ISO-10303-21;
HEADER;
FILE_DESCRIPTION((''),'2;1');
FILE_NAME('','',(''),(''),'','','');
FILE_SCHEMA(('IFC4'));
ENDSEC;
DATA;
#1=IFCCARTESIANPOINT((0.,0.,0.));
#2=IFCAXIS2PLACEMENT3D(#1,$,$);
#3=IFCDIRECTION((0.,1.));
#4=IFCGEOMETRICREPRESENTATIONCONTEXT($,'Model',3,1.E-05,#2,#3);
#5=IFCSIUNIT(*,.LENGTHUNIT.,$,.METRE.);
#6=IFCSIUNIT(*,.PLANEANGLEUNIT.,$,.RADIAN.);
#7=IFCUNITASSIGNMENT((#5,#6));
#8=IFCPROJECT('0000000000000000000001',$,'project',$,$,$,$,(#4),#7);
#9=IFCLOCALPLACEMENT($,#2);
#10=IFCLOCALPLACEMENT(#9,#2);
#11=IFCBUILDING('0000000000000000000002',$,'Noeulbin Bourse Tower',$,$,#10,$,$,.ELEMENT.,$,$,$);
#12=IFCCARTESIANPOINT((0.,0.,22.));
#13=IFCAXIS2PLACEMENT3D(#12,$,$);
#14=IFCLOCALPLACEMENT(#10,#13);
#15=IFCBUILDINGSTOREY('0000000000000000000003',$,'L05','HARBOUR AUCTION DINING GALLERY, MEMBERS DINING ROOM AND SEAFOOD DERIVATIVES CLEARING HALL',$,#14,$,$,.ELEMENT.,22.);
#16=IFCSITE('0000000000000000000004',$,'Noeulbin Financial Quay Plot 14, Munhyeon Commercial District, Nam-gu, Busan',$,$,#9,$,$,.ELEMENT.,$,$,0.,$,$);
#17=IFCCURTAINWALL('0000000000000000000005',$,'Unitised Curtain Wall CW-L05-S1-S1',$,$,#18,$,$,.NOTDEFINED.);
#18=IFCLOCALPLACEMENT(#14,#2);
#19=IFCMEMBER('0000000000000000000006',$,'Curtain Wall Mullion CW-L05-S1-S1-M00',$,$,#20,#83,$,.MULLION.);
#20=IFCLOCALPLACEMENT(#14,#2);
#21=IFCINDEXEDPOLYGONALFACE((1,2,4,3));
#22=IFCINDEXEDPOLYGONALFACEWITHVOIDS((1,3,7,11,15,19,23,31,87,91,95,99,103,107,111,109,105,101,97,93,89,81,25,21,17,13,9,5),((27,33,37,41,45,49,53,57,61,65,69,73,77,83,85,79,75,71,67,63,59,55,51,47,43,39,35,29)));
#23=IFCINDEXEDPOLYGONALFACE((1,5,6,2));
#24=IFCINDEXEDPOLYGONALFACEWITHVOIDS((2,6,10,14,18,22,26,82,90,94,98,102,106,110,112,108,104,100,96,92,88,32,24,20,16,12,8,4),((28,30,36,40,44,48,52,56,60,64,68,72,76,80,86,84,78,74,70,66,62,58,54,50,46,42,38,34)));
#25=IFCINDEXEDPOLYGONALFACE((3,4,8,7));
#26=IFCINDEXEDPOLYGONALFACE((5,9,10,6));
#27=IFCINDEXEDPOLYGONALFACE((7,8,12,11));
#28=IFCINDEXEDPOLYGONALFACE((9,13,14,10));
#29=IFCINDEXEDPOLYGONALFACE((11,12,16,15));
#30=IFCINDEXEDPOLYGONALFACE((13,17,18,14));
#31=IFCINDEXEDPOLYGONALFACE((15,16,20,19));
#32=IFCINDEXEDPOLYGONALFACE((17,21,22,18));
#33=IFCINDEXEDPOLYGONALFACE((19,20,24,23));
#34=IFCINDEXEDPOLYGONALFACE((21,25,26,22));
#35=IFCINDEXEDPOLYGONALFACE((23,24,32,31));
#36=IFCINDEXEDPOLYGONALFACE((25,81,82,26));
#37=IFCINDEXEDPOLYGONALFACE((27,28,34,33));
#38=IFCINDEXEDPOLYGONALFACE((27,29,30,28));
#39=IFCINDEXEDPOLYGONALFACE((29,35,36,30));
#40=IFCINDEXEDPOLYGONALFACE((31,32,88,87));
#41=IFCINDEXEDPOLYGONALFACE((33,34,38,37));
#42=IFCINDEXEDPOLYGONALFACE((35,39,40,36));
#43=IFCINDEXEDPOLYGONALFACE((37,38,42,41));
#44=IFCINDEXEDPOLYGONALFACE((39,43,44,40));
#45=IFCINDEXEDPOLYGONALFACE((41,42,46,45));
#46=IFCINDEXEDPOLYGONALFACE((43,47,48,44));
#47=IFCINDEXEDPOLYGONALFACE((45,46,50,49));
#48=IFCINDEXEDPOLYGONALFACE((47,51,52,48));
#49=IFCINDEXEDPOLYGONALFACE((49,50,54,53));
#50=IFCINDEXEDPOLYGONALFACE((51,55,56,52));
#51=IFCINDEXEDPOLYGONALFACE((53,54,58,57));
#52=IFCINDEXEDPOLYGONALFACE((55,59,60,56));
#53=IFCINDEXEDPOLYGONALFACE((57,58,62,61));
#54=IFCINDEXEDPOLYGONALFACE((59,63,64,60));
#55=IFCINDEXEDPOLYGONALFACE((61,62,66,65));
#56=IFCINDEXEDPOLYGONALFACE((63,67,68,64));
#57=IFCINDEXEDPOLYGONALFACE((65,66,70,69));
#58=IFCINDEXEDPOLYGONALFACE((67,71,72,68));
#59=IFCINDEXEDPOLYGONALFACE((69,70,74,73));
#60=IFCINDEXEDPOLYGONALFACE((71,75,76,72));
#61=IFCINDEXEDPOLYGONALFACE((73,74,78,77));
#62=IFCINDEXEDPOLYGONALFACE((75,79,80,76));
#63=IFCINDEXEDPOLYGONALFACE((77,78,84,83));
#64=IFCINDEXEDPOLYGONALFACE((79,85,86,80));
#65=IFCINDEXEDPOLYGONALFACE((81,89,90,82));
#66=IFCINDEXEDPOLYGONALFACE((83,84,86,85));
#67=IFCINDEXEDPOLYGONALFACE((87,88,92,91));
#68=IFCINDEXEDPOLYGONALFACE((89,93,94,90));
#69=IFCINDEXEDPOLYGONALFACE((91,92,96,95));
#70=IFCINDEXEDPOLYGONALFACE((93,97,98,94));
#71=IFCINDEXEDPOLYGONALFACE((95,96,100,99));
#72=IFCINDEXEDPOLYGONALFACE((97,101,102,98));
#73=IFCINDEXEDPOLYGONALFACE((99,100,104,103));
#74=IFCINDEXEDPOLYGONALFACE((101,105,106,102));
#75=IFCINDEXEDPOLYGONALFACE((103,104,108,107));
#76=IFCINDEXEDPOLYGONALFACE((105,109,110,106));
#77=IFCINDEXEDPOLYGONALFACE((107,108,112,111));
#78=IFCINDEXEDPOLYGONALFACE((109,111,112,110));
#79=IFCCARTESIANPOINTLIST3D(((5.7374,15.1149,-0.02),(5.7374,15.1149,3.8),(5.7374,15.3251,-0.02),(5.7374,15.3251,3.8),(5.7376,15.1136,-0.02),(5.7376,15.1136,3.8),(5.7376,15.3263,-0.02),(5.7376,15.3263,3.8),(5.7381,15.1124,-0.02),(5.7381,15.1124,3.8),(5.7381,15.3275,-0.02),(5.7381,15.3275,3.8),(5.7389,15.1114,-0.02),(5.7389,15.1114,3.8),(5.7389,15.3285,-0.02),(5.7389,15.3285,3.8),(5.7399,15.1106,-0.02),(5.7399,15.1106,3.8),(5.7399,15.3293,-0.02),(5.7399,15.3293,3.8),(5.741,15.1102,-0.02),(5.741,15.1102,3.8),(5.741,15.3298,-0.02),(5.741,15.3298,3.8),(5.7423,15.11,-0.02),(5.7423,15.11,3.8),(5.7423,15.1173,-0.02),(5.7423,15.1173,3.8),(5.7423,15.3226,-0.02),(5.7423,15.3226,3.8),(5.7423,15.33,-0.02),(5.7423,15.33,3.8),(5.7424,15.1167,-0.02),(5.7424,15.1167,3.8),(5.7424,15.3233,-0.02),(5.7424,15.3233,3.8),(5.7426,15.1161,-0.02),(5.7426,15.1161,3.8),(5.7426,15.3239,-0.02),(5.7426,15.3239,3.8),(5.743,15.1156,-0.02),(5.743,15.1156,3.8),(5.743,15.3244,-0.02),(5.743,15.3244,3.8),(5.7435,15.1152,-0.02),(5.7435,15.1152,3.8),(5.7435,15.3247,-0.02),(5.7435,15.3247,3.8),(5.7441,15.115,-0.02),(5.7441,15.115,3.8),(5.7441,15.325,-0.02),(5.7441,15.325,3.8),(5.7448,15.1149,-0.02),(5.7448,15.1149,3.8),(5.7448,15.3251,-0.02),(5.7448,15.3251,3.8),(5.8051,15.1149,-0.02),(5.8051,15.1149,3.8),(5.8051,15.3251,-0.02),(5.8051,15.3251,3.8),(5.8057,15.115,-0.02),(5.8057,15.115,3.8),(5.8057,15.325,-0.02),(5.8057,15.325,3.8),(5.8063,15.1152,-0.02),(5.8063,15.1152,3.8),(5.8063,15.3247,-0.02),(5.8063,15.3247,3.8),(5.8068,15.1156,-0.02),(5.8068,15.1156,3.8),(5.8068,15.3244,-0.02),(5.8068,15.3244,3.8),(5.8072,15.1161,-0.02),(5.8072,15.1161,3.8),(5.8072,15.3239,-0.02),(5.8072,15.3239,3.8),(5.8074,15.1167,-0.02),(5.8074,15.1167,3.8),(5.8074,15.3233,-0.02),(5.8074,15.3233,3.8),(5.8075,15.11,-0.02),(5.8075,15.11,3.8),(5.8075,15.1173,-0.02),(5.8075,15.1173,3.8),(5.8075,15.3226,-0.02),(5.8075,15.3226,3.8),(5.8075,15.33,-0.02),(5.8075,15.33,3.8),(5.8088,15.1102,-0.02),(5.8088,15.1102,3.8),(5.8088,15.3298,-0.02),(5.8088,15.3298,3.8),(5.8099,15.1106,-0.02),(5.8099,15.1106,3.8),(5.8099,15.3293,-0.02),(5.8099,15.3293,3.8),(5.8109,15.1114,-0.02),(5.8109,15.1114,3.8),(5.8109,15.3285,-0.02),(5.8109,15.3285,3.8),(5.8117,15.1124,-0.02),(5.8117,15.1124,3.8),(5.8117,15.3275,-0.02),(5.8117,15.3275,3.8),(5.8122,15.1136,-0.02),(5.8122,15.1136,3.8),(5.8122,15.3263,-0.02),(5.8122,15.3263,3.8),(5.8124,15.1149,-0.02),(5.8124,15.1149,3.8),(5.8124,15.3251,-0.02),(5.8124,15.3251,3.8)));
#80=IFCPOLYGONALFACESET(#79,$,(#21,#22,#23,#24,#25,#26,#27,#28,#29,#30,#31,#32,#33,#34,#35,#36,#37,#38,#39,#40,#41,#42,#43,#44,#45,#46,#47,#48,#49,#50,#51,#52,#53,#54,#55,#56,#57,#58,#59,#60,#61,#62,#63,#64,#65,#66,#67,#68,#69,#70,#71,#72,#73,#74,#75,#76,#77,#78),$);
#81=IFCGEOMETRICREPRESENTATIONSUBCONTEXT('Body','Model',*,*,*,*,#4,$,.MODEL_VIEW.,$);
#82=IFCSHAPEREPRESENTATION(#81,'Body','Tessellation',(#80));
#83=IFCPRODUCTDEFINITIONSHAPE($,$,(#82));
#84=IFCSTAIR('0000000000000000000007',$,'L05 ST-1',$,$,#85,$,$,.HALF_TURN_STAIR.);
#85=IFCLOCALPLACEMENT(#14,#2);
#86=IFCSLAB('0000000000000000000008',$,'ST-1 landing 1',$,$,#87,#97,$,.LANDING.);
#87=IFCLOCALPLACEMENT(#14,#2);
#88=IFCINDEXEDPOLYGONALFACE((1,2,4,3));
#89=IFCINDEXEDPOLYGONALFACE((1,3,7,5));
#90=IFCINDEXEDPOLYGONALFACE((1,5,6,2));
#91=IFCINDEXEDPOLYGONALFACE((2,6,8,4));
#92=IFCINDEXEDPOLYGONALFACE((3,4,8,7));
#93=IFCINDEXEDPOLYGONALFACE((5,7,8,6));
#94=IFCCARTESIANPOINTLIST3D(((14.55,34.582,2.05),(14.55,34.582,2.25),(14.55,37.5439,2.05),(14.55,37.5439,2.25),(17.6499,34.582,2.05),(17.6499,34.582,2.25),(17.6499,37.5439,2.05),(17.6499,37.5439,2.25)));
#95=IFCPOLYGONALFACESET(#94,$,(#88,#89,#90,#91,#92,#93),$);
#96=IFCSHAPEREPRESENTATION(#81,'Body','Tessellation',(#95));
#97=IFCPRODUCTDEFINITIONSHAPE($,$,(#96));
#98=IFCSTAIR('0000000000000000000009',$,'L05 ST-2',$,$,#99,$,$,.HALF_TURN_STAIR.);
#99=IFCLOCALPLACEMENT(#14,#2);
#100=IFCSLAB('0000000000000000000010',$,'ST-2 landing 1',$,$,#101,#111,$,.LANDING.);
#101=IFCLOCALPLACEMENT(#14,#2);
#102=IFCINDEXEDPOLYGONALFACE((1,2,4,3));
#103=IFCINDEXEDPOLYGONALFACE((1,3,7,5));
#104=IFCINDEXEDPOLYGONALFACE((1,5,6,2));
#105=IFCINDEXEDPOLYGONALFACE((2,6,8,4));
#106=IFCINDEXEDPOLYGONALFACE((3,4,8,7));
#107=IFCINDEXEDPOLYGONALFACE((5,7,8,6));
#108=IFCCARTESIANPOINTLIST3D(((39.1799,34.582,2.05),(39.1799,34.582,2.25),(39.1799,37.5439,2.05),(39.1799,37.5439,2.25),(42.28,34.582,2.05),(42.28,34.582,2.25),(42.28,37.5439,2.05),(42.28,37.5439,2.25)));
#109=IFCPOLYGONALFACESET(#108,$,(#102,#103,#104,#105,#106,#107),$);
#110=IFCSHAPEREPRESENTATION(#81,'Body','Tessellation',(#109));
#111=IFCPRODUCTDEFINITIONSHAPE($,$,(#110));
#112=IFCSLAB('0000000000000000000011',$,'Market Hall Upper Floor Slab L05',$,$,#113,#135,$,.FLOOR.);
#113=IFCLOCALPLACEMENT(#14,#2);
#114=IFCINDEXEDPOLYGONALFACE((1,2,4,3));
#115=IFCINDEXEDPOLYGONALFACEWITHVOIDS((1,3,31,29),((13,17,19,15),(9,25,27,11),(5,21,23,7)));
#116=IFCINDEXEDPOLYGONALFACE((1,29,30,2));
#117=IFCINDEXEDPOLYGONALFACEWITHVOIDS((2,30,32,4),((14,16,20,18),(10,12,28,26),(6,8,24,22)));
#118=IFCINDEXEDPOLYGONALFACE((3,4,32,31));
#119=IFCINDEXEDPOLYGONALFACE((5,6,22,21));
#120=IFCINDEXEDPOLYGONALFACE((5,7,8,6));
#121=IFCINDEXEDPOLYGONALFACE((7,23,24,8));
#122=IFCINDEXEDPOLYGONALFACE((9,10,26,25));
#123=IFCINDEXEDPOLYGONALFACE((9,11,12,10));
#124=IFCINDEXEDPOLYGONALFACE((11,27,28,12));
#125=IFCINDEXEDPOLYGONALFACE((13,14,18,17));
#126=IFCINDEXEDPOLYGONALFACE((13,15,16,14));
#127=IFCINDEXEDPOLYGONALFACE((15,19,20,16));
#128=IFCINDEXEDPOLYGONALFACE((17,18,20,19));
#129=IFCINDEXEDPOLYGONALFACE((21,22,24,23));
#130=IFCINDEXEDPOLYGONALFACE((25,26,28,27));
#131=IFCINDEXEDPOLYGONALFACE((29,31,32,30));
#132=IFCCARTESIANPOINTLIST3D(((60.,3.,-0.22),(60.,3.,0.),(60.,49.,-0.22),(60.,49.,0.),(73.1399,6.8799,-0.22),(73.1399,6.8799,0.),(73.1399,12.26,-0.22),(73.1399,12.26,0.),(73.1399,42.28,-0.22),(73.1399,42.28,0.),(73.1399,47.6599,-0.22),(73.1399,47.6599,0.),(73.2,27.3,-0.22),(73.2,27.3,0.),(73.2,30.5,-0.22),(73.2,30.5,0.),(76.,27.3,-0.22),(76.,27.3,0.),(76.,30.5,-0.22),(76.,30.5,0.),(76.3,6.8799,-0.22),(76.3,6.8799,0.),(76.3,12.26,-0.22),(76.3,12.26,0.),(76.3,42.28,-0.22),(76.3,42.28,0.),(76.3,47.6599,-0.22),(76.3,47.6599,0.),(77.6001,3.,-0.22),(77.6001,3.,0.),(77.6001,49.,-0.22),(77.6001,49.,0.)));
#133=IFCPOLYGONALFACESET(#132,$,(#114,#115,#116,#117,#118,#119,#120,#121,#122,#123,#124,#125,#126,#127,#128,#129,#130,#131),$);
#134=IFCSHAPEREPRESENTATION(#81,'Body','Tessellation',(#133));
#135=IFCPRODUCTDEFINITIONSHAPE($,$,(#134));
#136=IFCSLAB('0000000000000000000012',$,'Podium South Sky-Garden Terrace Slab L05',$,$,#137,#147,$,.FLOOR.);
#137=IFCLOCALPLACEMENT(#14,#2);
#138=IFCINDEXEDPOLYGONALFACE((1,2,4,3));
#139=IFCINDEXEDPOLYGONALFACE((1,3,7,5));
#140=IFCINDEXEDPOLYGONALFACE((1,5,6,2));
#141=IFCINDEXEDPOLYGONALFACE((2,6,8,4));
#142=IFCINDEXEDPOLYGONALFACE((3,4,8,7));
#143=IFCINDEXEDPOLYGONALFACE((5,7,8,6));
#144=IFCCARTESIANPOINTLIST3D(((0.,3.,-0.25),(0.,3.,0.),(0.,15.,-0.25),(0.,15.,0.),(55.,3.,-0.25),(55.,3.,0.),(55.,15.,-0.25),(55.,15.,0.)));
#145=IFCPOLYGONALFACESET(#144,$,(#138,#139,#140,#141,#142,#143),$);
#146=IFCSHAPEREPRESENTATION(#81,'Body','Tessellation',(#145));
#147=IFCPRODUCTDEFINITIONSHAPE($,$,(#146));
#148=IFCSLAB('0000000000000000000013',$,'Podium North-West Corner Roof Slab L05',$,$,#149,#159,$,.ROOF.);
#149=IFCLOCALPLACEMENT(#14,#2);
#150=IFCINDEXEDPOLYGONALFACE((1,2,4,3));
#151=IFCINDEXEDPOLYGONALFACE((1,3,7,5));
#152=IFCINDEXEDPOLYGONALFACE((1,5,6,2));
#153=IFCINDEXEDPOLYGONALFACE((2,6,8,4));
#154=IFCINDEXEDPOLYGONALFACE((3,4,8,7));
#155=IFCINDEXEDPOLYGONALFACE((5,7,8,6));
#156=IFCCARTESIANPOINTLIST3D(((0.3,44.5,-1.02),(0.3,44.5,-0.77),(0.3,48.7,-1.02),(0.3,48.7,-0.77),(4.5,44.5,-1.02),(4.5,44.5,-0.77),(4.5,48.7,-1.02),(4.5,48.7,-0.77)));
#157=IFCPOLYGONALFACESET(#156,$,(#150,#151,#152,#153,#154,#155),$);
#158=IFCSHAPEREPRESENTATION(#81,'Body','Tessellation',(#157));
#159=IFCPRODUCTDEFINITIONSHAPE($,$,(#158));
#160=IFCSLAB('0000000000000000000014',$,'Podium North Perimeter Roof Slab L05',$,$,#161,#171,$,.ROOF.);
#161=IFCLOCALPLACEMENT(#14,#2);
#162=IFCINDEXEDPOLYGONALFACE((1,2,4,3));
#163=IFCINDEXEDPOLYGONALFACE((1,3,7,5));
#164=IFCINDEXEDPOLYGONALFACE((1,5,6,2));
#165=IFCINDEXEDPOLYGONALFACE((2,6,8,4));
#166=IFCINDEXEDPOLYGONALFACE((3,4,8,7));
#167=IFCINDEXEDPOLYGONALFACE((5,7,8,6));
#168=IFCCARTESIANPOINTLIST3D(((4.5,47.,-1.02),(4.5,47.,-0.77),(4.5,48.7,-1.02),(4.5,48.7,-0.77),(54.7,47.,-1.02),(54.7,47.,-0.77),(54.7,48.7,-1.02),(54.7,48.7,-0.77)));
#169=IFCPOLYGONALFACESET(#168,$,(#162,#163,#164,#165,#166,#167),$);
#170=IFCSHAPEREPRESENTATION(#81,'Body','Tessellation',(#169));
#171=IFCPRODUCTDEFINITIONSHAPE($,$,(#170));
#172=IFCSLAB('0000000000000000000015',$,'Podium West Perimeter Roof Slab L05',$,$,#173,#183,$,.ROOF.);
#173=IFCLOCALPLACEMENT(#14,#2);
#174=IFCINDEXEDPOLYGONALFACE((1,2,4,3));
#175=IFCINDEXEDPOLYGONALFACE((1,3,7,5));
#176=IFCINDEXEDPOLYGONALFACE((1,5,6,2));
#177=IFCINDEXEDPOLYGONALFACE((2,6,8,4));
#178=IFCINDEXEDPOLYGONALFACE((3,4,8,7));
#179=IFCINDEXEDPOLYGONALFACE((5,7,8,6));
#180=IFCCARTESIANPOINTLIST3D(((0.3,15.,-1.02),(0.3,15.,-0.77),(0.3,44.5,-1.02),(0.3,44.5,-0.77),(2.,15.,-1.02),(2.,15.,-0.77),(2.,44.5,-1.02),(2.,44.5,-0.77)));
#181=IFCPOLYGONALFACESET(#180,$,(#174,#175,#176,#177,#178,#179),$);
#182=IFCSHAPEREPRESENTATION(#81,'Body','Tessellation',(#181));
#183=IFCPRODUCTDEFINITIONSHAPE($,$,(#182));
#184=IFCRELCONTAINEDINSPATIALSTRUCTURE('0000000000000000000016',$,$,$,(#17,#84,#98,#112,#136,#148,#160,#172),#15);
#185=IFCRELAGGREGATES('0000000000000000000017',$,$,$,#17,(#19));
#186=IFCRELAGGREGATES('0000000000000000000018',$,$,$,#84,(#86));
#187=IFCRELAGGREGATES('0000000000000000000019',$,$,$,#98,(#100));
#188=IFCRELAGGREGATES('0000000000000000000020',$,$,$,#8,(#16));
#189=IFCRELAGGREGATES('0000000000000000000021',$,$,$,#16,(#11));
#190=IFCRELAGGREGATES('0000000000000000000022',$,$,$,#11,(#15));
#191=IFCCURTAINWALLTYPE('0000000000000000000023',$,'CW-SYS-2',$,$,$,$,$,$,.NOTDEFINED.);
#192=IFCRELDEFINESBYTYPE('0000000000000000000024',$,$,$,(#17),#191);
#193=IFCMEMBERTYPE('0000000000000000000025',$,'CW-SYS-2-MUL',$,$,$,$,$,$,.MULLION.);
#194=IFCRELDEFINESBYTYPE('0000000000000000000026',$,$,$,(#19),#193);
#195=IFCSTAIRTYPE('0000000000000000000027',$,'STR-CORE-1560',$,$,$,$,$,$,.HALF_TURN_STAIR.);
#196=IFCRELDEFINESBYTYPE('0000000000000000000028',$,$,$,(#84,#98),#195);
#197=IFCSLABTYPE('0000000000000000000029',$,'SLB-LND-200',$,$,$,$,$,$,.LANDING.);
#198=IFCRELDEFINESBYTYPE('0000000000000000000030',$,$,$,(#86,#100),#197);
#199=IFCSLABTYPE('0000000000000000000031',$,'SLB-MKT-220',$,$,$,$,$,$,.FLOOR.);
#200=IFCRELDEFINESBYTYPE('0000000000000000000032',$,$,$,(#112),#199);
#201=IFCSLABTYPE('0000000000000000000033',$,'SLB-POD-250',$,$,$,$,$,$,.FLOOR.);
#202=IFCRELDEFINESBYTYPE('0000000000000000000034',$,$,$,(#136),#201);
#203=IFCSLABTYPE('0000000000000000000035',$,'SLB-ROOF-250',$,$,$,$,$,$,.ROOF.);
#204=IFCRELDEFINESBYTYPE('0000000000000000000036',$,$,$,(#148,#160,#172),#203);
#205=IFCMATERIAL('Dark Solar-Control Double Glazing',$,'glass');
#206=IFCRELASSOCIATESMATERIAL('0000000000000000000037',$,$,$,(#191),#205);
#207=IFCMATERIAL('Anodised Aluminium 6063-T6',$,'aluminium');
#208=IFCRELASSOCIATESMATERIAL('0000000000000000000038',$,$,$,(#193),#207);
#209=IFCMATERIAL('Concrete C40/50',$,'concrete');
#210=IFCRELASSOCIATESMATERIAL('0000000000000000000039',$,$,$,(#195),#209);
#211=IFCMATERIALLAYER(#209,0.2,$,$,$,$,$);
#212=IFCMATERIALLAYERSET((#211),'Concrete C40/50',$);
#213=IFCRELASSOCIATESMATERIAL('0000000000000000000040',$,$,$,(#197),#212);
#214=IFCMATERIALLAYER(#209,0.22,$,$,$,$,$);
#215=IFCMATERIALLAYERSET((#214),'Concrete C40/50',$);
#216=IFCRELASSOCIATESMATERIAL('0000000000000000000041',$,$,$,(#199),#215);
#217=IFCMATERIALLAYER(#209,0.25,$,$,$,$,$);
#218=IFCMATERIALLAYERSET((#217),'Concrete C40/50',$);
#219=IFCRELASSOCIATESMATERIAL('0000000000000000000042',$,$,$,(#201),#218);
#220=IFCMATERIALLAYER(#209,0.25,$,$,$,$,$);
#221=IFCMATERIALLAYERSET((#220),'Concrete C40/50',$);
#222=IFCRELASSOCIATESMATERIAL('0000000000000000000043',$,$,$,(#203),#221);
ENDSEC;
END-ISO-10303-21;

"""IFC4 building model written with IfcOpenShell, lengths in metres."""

from ifc_helpers import new_model, si_unit, direction, frame, origin, origin_2d, place, context, subcontext, project, spatial, polyline, hollow_rectangle, outline, extrude, material, layer, layer_set, material_profile, profile_set, type_object, element, aggregate, save


model = new_model("IFC4")

# Units and contexts
model_context = context("Model", 3, precision=1e-05, world=origin(), true_north=direction((0.0, 1.0)))
body_context = subcontext(model_context, "Body", "Model", "MODEL_VIEW")
ifc_project = project(units=[si_unit("LENGTHUNIT", "METRE"), si_unit("PLANEANGLEUNIT", "RADIAN")], contexts=[model_context])

# Site, building, storey
site_placement = place(None, origin())
site = spatial("IfcSite", under=ifc_project, at=site_placement, Name="Noeulbin Financial Quay Plot 14, Munhyeon Commercial District, Nam-gu, Busan", CompositionType="ELEMENT", RefElevation=0.0)
building_placement = place(site_placement, origin())
building = spatial("IfcBuilding", under=site, at=building_placement, Name="Noeulbin Bourse Tower", CompositionType="ELEMENT")
storey_placement = place(building_placement, frame((0.0, 0.0, 22.0)))
storey = spatial("IfcBuildingStorey", under=building, at=storey_placement, Name="L05", Description="HARBOUR AUCTION DINING GALLERY, MEMBERS DINING ROOM AND SEAFOOD DERIVATIVES CLEARING HALL", CompositionType="ELEMENT", Elevation=22.0)

# Curtain wall, member
ifc_material_1 = material(Name="Dark Solar-Control Double Glazing", Category="glass")
curtain_wall_type = type_object("IfcCurtainWallType", Name="CW-SYS-2", PredefinedType="NOTDEFINED", material=ifc_material_1)
curtain_wall_placement = place(storey_placement, origin())
curtain_wall = element("IfcCurtainWall", 1, at=curtain_wall_placement, inside=storey, type_object=curtain_wall_type, Name="Unitised Curtain Wall CW-L05-S1-S1", PredefinedType="NOTDEFINED")
ifc_material_2 = material(Name="Anodised Aluminium 6063-T6", Category="aluminium")
ifc_material_profile_1 = material_profile(ifc_material_2, hollow_rectangle(XDim=0.075, YDim=0.22, WallThickness=0.0049, InnerFilletRadius=0.0024, OuterFilletRadius=0.0049, at=origin_2d()), Name="ALU-MULL-75x220x5", Category="LoadBearing")
ifc_profile_set_1 = profile_set([ifc_material_profile_1], Name="Anodised Aluminium 6063-T6")
member_type = type_object("IfcMemberType", Name="CW-SYS-2-MUL", PredefinedType="MULLION", material=ifc_profile_set_1)
member_placement = place(storey_placement, frame((5.7749, 15.22, -0.02), z_axis=(0.0, 0.0, 1.0), x_axis=(1.0, 0.0, 0.0)))
member = element("IfcMember", 2, at=member_placement, type_object=member_type, Name="Curtain Wall Mullion CW-L05-S1-S1-M00", PredefinedType="MULLION", context=body_context, shape_type="SweptSolid", body=[
    extrude(hollow_rectangle(XDim=0.075, YDim=0.22, WallThickness=0.0049, InnerFilletRadius=0.0024, OuterFilletRadius=0.0049, at=origin_2d()), origin(), (0.0, 0.0, 1.0), 3.8201),
])
aggregate(curtain_wall, [member])

# Stairs, slabs
ifc_material_3 = material(Name="Concrete C40/50", Category="concrete")
stair_type = type_object("IfcStairType", Name="STR-CORE-1560", PredefinedType="HALF_TURN_STAIR", material=ifc_material_3)
stair_1_placement = place(storey_placement, origin())
stair_1 = element("IfcStair", 3, at=stair_1_placement, inside=storey, type_object=stair_type, Name="L05 ST-1", PredefinedType="HALF_TURN_STAIR")
ifc_layer_1 = layer(ifc_material_3, 0.2)
ifc_layer_set_1 = layer_set([ifc_layer_1], Name="Concrete C40/50")
slab_type_1 = type_object("IfcSlabType", Name="SLB-LND-200", PredefinedType="LANDING", material=ifc_layer_set_1)
slab_1_placement = place(storey_placement, frame((0.0, 0.0, 2.05)))
slab_1 = element("IfcSlab", 4, at=slab_1_placement, type_object=slab_type_1, Name="ST-1 landing 1", PredefinedType="LANDING", context=body_context, shape_type="SweptSolid", body=[
    extrude(outline(polyline([(17.6499, 34.582), (17.6499, 37.5439), (14.55, 37.5439), (14.55, 34.582), (17.6499, 34.582)])), origin(), (0.0, 0.0, 1.0), 0.2),
])
aggregate(stair_1, [slab_1])
stair_2_placement = place(storey_placement, origin())
stair_2 = element("IfcStair", 5, at=stair_2_placement, inside=storey, type_object=stair_type, Name="L05 ST-2", PredefinedType="HALF_TURN_STAIR")
slab_2_placement = place(storey_placement, frame((0.0, 0.0, 2.05)))
slab_2 = element("IfcSlab", 6, at=slab_2_placement, type_object=slab_type_1, Name="ST-2 landing 1", PredefinedType="LANDING", context=body_context, shape_type="SweptSolid", body=[
    extrude(outline(polyline([(42.28, 34.582), (42.28, 37.5439), (39.1799, 37.5439), (39.1799, 34.582), (42.28, 34.582)])), origin(), (0.0, 0.0, 1.0), 0.2),
])
aggregate(stair_2, [slab_2])

# Slab, openings
ifc_layer_2 = layer(ifc_material_3, 0.22)
ifc_layer_set_2 = layer_set([ifc_layer_2], Name="Concrete C40/50")
slab_type_2 = type_object("IfcSlabType", Name="SLB-MKT-220", PredefinedType="FLOOR", material=ifc_layer_set_2)
slab_3_placement = place(storey_placement, frame((0.0, 0.0, -0.22)))
slab_3 = element("IfcSlab", 7, at=slab_3_placement, inside=storey, type_object=slab_type_2, Name="Market Hall Upper Floor Slab L05", PredefinedType="FLOOR", context=body_context, shape_type="SweptSolid", body=[
    extrude(outline(polyline([(60.0, 3.0), (77.6001, 3.0), (77.6001, 49.0), (60.0, 49.0), (60.0, 3.0)]), holes=[polyline([(76.3, 6.8799), (76.3, 12.26), (73.1399, 12.26), (73.1399, 6.8799), (76.3, 6.8799)]), polyline([(76.3, 42.28), (76.3, 47.6599), (73.1399, 47.6599), (73.1399, 42.28), (76.3, 42.28)]), polyline([(73.2, 27.3), (76.0, 27.3), (76.0, 30.5), (73.2, 30.5), (73.2, 27.3)])]), origin(), (0.0, 0.0, 1.0), 0.22),
])
opening_1_placement = place(slab_3_placement, frame((0.0, 0.0, -0.01)))
element("IfcOpeningElement", 8, at=opening_1_placement, cuts=slab_3, PredefinedType="OPENING", context=body_context, shape_type="SweptSolid", body=[
    extrude(outline(polyline([(76.3, 6.8799), (76.3, 12.26), (73.1399, 12.26), (73.1399, 6.8799), (76.3, 6.8799)])), origin(), (0.0, 0.0, 1.0), 0.24),
])
opening_2_placement = place(slab_3_placement, frame((0.0, 0.0, -0.01)))
element("IfcOpeningElement", 9, at=opening_2_placement, cuts=slab_3, PredefinedType="OPENING", context=body_context, shape_type="SweptSolid", body=[
    extrude(outline(polyline([(76.3, 42.28), (76.3, 47.6599), (73.1399, 47.6599), (73.1399, 42.28), (76.3, 42.28)])), origin(), (0.0, 0.0, 1.0), 0.24),
])
opening_3_placement = place(slab_3_placement, frame((0.0, 0.0, -0.01)))
element("IfcOpeningElement", 10, at=opening_3_placement, cuts=slab_3, PredefinedType="OPENING", context=body_context, shape_type="SweptSolid", body=[
    extrude(outline(polyline([(73.2, 27.3), (76.0, 27.3), (76.0, 30.5), (73.2, 30.5), (73.2, 27.3)])), origin(), (0.0, 0.0, 1.0), 0.24),
])

# Slabs
ifc_layer_3 = layer(ifc_material_3, 0.25)
ifc_layer_set_3 = layer_set([ifc_layer_3], Name="Concrete C40/50")
slab_type_3 = type_object("IfcSlabType", Name="SLB-POD-250", PredefinedType="FLOOR", material=ifc_layer_set_3)
slab_4_placement = place(storey_placement, frame((0.0, 0.0, -0.25)))
element("IfcSlab", 11, at=slab_4_placement, inside=storey, type_object=slab_type_3, Name="Podium South Sky-Garden Terrace Slab L05", PredefinedType="FLOOR", context=body_context, shape_type="SweptSolid", body=[
    extrude(outline(polyline([(0.0, 3.0), (55.0, 3.0), (55.0, 15.0), (0.0, 15.0), (0.0, 3.0)])), origin(), (0.0, 0.0, 1.0), 0.25),
])
ifc_layer_4 = layer(ifc_material_3, 0.25)
ifc_layer_set_4 = layer_set([ifc_layer_4], Name="Concrete C40/50")
slab_type_4 = type_object("IfcSlabType", Name="SLB-ROOF-250", PredefinedType="ROOF", material=ifc_layer_set_4)
slab_5_placement = place(storey_placement, frame((0.0, 0.0, -1.02)))
element("IfcSlab", 12, at=slab_5_placement, inside=storey, type_object=slab_type_4, Name="Podium North-West Corner Roof Slab L05", PredefinedType="ROOF", context=body_context, shape_type="SweptSolid", body=[
    extrude(outline(polyline([(0.3, 44.5), (4.5, 44.5), (4.5, 48.7), (0.3, 48.7), (0.3, 44.5)])), origin(), (0.0, 0.0, 1.0), 0.25),
])
slab_6_placement = place(storey_placement, frame((0.0, 0.0, -1.02)))
element("IfcSlab", 13, at=slab_6_placement, inside=storey, type_object=slab_type_4, Name="Podium North Perimeter Roof Slab L05", PredefinedType="ROOF", context=body_context, shape_type="SweptSolid", body=[
    extrude(outline(polyline([(4.5, 47.0), (54.7, 47.0), (54.7, 48.7), (4.5, 48.7), (4.5, 47.0)])), origin(), (0.0, 0.0, 1.0), 0.25),
])
slab_7_placement = place(storey_placement, frame((0.0, 0.0, -1.02)))
element("IfcSlab", 14, at=slab_7_placement, inside=storey, type_object=slab_type_4, Name="Podium West Perimeter Roof Slab L05", PredefinedType="ROOF", context=body_context, shape_type="SweptSolid", body=[
    extrude(outline(polyline([(0.3, 15.0), (2.0, 15.0), (2.0, 44.5), (0.3, 44.5), (0.3, 15.0)])), origin(), (0.0, 0.0, 1.0), 0.25),
])

save(model, "model.ifc")
